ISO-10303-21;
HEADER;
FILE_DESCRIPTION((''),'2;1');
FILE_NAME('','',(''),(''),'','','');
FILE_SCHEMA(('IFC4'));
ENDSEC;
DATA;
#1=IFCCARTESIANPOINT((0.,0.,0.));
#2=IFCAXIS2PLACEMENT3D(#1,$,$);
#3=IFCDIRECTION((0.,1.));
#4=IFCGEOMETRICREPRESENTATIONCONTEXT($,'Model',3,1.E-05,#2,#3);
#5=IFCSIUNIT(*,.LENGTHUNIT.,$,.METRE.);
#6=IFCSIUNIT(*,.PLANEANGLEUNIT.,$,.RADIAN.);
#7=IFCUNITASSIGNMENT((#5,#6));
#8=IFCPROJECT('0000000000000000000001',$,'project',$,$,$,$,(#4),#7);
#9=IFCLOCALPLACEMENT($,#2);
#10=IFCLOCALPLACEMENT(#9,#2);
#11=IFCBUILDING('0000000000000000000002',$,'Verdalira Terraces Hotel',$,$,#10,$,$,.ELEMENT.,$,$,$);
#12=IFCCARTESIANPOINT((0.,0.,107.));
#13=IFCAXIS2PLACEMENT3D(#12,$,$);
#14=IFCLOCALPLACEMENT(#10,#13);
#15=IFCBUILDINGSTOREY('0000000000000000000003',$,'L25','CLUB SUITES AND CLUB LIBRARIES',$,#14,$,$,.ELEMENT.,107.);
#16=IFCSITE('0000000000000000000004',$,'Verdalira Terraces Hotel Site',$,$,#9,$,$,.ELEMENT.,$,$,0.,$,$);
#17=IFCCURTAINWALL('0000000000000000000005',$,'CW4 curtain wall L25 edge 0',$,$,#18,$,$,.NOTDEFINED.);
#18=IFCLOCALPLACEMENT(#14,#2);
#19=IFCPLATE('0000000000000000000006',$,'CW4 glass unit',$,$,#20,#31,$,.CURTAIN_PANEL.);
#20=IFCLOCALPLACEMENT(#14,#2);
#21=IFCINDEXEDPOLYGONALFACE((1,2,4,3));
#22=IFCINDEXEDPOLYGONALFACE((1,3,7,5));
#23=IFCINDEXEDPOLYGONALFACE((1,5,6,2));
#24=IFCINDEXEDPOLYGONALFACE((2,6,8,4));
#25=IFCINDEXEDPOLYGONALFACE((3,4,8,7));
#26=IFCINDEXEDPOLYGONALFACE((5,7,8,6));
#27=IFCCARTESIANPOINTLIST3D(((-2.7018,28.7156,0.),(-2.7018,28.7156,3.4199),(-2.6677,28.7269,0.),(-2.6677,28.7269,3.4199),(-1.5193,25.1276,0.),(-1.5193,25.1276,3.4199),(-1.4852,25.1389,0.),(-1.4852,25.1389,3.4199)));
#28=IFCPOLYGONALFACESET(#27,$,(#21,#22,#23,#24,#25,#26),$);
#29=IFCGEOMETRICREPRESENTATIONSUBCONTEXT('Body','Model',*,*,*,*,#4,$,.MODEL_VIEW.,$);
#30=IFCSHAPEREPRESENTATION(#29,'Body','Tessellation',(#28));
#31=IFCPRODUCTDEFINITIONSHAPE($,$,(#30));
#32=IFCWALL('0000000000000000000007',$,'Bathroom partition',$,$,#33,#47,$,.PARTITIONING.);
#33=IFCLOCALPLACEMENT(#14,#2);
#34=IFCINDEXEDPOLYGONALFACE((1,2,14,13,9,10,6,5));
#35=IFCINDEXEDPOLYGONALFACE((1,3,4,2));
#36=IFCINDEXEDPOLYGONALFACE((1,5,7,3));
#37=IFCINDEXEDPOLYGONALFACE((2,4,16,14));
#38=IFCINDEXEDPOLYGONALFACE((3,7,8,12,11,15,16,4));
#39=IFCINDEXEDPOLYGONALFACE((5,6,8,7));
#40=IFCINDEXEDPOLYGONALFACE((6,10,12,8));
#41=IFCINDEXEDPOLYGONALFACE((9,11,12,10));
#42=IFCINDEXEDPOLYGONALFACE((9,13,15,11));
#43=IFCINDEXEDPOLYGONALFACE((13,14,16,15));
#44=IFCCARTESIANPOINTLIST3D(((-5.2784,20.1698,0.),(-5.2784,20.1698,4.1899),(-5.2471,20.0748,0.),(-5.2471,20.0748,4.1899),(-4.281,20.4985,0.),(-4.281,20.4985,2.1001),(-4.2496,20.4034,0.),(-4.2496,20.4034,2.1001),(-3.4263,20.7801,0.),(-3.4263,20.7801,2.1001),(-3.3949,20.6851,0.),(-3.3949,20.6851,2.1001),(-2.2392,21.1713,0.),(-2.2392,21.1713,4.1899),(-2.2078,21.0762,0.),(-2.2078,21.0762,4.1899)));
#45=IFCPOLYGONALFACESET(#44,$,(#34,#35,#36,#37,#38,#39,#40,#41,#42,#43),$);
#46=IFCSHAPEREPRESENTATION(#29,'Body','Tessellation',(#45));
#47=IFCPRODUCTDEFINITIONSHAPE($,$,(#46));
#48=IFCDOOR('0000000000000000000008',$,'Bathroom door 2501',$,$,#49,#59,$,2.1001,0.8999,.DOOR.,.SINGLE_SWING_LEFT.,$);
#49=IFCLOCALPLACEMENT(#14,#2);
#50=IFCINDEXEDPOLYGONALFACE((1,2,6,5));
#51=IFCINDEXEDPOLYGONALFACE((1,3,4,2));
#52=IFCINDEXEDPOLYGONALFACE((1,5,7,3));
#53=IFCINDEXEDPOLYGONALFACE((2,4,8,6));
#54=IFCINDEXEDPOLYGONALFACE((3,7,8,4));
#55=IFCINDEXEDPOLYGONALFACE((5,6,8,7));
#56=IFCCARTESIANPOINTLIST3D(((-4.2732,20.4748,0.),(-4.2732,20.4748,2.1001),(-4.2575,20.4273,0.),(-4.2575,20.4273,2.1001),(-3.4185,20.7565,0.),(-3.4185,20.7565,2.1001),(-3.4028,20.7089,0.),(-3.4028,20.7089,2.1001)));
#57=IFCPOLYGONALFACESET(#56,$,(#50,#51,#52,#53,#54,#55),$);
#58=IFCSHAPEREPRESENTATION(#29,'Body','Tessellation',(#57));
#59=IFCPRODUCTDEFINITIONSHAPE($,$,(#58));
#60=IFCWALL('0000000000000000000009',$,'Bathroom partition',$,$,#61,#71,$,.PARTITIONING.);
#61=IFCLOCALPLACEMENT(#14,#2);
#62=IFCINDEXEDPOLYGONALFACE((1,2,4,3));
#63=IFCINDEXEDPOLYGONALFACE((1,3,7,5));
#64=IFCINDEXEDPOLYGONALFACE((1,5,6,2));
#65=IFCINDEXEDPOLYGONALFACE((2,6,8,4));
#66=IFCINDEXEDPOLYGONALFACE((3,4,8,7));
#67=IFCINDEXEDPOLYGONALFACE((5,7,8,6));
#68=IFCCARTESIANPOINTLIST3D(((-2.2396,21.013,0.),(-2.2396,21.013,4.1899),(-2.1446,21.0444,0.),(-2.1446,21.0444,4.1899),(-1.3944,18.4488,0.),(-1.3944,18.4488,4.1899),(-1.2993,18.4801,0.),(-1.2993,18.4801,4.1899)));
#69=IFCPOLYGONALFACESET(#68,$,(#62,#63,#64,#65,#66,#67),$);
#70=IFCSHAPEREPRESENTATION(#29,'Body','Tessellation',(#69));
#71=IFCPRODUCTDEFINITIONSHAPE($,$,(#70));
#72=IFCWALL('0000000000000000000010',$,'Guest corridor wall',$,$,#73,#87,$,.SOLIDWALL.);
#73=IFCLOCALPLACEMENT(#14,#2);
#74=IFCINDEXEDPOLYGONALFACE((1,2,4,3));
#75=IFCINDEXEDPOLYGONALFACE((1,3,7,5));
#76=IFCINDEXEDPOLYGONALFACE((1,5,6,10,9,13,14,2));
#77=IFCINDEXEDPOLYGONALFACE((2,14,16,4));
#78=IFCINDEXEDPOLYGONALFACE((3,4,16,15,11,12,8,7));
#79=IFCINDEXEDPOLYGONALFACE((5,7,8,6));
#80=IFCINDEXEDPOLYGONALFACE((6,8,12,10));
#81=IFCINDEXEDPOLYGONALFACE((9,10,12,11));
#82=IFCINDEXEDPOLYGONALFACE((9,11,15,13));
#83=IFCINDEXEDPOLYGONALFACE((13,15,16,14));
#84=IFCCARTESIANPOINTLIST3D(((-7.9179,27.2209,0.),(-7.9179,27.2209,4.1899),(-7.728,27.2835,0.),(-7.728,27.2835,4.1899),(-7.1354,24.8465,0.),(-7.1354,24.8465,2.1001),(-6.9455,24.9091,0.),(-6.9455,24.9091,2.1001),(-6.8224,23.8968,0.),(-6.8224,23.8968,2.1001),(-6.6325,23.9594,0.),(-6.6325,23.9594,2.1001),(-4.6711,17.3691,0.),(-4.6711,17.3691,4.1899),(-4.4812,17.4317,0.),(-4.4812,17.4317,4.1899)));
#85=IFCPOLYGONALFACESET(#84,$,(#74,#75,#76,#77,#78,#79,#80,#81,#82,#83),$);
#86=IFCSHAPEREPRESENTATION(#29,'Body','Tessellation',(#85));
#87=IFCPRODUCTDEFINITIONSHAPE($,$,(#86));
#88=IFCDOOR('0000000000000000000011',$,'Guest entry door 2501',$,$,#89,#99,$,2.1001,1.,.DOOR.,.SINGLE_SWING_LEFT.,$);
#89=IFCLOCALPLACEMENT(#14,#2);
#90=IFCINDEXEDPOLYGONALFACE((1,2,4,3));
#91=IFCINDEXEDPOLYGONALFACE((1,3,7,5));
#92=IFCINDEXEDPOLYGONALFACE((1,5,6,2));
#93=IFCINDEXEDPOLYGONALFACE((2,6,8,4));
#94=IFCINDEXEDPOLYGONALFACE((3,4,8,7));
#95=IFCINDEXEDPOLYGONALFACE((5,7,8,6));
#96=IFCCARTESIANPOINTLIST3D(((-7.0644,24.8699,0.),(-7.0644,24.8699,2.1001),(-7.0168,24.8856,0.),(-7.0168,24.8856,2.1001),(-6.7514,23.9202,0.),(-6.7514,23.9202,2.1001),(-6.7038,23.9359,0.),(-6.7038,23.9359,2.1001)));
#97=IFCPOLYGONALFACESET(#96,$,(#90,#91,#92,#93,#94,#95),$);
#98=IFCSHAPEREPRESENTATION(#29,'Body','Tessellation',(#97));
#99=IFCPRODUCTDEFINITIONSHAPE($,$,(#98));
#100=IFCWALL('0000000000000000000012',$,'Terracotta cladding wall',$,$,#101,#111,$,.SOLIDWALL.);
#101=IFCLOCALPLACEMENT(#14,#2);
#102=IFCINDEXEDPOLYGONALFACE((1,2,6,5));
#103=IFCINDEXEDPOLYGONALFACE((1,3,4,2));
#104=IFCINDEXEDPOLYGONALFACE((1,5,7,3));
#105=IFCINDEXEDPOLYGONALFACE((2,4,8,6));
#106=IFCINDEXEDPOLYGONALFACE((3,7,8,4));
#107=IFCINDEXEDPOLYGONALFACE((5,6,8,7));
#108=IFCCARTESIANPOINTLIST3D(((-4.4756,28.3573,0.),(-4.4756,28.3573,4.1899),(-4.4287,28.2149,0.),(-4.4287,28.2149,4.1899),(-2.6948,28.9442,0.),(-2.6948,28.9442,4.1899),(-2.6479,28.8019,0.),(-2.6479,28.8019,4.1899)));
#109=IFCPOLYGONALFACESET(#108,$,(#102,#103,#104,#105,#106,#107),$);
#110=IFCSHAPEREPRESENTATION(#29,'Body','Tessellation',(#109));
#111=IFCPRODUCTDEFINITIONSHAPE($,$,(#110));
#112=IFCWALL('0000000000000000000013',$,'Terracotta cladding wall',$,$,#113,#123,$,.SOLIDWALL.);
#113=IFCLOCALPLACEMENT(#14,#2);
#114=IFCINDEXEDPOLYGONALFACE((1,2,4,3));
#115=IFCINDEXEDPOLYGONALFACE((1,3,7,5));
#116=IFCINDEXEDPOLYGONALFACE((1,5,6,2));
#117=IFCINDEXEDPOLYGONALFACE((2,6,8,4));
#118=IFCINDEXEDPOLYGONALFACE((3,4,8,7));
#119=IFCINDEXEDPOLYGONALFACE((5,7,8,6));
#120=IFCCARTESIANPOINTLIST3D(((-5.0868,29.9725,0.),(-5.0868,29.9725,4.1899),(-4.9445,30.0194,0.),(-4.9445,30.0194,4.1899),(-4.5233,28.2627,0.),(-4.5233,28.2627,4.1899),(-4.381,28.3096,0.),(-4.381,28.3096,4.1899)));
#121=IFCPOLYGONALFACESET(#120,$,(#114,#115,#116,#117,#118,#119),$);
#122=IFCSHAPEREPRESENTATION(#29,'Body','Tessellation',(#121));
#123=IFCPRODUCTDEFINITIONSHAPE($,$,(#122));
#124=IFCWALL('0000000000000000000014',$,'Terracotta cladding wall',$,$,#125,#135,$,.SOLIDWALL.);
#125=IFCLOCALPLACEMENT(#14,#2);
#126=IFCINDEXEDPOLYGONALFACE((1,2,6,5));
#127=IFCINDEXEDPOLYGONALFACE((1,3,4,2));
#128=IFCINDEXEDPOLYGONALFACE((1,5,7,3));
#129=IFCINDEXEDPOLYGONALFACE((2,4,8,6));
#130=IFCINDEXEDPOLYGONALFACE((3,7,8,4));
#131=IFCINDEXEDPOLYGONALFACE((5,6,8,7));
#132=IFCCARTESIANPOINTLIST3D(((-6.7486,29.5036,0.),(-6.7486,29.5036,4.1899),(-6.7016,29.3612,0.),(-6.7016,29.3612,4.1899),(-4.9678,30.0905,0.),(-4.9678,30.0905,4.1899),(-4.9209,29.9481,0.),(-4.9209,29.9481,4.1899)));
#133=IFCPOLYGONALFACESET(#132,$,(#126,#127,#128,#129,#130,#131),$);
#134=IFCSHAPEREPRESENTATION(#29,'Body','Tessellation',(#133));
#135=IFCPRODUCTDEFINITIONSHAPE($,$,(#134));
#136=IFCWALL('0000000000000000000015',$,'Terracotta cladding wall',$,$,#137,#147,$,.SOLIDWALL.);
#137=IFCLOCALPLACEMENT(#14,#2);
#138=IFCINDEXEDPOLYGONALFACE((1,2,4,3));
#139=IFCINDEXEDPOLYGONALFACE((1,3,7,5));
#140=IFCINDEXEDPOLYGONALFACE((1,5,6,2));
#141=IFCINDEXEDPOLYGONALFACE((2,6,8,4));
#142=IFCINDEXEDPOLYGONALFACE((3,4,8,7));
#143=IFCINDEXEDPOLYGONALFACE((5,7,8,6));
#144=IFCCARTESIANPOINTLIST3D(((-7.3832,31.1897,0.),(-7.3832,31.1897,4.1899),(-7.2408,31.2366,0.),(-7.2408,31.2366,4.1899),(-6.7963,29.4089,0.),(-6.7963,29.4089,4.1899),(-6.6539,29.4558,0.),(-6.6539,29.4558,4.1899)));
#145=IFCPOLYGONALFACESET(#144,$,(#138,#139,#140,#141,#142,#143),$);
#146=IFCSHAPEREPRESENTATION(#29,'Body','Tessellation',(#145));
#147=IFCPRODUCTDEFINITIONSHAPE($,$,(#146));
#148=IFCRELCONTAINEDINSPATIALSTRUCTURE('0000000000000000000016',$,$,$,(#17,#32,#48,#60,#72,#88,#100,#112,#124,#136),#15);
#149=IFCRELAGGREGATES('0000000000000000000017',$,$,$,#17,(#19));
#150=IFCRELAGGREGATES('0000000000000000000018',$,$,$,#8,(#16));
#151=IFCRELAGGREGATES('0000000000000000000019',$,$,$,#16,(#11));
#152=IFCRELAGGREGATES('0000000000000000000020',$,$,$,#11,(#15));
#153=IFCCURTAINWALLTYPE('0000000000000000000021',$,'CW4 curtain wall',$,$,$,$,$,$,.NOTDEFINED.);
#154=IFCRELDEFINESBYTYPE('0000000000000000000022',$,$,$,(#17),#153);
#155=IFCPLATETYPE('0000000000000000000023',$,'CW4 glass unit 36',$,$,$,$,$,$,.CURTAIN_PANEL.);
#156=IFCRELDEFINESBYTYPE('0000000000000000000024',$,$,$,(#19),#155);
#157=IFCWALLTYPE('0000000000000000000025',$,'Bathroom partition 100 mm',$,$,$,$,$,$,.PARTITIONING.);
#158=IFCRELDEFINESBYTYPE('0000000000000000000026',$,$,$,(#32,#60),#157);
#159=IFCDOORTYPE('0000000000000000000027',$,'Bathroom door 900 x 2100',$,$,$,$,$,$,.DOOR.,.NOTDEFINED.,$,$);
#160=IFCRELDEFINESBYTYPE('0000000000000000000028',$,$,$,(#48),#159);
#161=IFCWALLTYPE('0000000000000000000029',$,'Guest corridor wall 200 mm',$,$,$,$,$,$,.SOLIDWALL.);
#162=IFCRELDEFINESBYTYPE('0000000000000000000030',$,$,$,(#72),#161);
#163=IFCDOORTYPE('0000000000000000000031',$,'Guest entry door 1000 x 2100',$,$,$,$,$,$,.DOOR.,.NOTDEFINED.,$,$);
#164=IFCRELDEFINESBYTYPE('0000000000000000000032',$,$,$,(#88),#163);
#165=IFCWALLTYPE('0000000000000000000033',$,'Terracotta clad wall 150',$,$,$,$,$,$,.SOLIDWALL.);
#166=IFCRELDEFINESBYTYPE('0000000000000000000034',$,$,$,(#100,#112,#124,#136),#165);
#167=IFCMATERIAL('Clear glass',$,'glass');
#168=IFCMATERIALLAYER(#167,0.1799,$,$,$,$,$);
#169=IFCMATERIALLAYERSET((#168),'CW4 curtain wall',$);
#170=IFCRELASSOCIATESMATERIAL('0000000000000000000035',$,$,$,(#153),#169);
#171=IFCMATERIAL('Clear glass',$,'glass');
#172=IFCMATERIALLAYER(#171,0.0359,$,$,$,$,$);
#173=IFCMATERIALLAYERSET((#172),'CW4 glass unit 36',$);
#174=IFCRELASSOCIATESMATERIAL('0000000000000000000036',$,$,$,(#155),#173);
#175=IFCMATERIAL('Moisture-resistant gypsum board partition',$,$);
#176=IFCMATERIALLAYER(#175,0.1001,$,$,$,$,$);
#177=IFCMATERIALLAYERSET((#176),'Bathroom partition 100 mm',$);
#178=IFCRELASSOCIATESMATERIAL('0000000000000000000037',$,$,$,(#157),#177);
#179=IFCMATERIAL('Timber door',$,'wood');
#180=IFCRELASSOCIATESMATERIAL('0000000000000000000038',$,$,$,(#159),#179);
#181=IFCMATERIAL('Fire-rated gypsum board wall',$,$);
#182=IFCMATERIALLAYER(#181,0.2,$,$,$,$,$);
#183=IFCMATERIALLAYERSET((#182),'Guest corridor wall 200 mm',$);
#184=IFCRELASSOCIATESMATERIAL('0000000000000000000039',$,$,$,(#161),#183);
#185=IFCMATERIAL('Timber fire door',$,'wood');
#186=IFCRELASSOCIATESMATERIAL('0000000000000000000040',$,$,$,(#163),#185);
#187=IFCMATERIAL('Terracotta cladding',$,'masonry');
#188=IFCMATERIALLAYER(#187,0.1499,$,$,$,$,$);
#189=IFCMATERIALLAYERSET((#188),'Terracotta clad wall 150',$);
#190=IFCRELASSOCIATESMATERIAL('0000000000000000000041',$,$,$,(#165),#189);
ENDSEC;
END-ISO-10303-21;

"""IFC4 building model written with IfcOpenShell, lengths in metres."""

from ifc_helpers import new_model, si_unit, direction, frame, frame_2d, origin, origin_2d, place, context, subcontext, project, spatial, rectangle, extrude, material, layer, layer_set, type_object, element, fill, aggregate, save


model = new_model("IFC4")

# Units and contexts
model_context = context("Model", 3, precision=1e-05, world=origin(), true_north=direction((0.0, 1.0)))
body_context = subcontext(model_context, "Body", "Model", "MODEL_VIEW")
ifc_project = project(units=[si_unit("LENGTHUNIT", "METRE"), si_unit("PLANEANGLEUNIT", "RADIAN")], contexts=[model_context])

# Site, building, storey
site_placement = place(None, origin())
site = spatial("IfcSite", under=ifc_project, at=site_placement, Name="Verdalira Terraces Hotel Site", CompositionType="ELEMENT", RefElevation=0.0)
building_placement = place(site_placement, origin())
building = spatial("IfcBuilding", under=site, at=building_placement, Name="Verdalira Terraces Hotel", CompositionType="ELEMENT")
storey_placement = place(building_placement, frame((0.0, 0.0, 107.0)))
storey = spatial("IfcBuildingStorey", under=building, at=storey_placement, Name="L25", Description="CLUB SUITES AND CLUB LIBRARIES", CompositionType="ELEMENT", Elevation=107.0)

# Curtain wall
ifc_material_1 = material(Name="Clear glass", Category="glass")
ifc_layer_1 = layer(ifc_material_1, 0.1799)
ifc_layer_set_1 = layer_set([ifc_layer_1], Name="CW4 curtain wall")
curtain_wall_type = type_object("IfcCurtainWallType", Name="CW4 curtain wall", PredefinedType="NOTDEFINED", material=ifc_layer_set_1)
curtain_wall_1_placement = place(storey_placement, origin())
curtain_wall_1 = element("IfcCurtainWall", 1, at=curtain_wall_1_placement, inside=storey, type_object=curtain_wall_type, Name="CW4 curtain wall L25 edge 0", PredefinedType="NOTDEFINED")

# Plate
ifc_material_2 = material(Name="Clear glass", Category="glass")
ifc_layer_2 = layer(ifc_material_2, 0.0359)
ifc_layer_set_2 = layer_set([ifc_layer_2], Name="CW4 glass unit 36")
plate_type = type_object("IfcPlateType", Name="CW4 glass unit 36", PredefinedType="CURTAIN_PANEL", material=ifc_layer_set_2)
plate_placement = place(storey_placement, frame((-2.0935, 26.9272, 0.0), z_axis=(0.0, 0.0, 1.0), x_axis=(-0.312998, 0.949754, 0.0)))
plate = element("IfcPlate", 2, at=plate_placement, type_object=plate_type, Name="CW4 glass unit", PredefinedType="CURTAIN_PANEL", context=body_context, shape_type="SweptSolid", body=[
    extrude(rectangle(XDim=3.7778, YDim=0.0359, at=origin_2d()), origin(), (0.0, 0.0, 1.0), 3.4199),
])
aggregate(curtain_wall_1, [plate])

# Wall, opening, door
ifc_material_3 = material(Name="Moisture-resistant gypsum board partition")
ifc_layer_3 = layer(ifc_material_3, 0.1001)
ifc_layer_set_3 = layer_set([ifc_layer_3], Name="Bathroom partition 100 mm")
wall_type_1 = type_object("IfcWallType", Name="Bathroom partition 100 mm", PredefinedType="PARTITIONING", material=ifc_layer_set_3)
wall_1_placement = place(storey_placement, frame((-2.2234, 21.1238, 0.0), z_axis=(0.0, 0.0, 1.0), x_axis=(-0.949769, -0.312953, 0.0)))
wall_1 = element("IfcWall", 3, at=wall_1_placement, inside=storey, type_object=wall_type_1, Name="Bathroom partition", PredefinedType="PARTITIONING", context=body_context, shape_type="SweptSolid", body=[
    extrude(rectangle(XDim=3.2, YDim=0.1001, at=frame_2d((1.6001, 0.0))), origin(), (0.0, 0.0, 1.0), 4.1899),
])
opening_1_placement = place(wall_1_placement, frame((1.25, 0.0, 0.0)))
opening_1 = element("IfcOpeningElement", 4, at=opening_1_placement, cuts=wall_1, PredefinedType="OPENING", context=body_context, shape_type="SweptSolid", body=[
    extrude(rectangle(XDim=0.8999, YDim=2.1001, at=frame_2d((0.45, 1.05))), frame((0.0, 0.0601, 0.0), z_axis=(0.0, -1.0, 0.0), x_axis=(1.0, 0.0, 0.0)), (0.0, 0.0, 1.0), 0.1201),
])
ifc_material_4 = material(Name="Timber door", Category="wood")
door_type_1 = type_object("IfcDoorType", Name="Bathroom door 900 x 2100", OperationType="NOTDEFINED", PredefinedType="DOOR", material=ifc_material_4)
door_1_placement = place(opening_1_placement, origin())
door_1 = element("IfcDoor", 5, at=door_1_placement, inside=storey, type_object=door_type_1, Name="Bathroom door 2501", OperationType="SINGLE_SWING_LEFT", OverallHeight=2.1001, OverallWidth=0.8999, PredefinedType="DOOR", context=body_context, shape_type="SweptSolid", body=[
    extrude(rectangle(XDim=0.8999, YDim=2.1001, at=frame_2d((0.45, 1.05))), frame((0.0, 0.0249, 0.0), z_axis=(0.0, -1.0, 0.0), x_axis=(1.0, 0.0, 0.0)), (0.0, 0.0, 1.0), 0.05),
])
fill(opening_1, door_1)

# Wall
wall_2_placement = place(storey_placement, frame((-2.1921, 21.0288, 0.0), z_axis=(0.0, 0.0, 1.0), x_axis=(0.313052, -0.949736, 0.0)))
element("IfcWall", 6, at=wall_2_placement, inside=storey, type_object=wall_type_1, Name="Bathroom partition", PredefinedType="PARTITIONING", context=body_context, shape_type="SweptSolid", body=[
    extrude(rectangle(XDim=2.7, YDim=0.1001, at=frame_2d((1.3501, 0.0))), origin(), (0.0, 0.0, 1.0), 4.1899),
])

# Wall, opening, door
ifc_material_5 = material(Name="Fire-rated gypsum board wall")
ifc_layer_4 = layer(ifc_material_5, 0.2)
ifc_layer_set_4 = layer_set([ifc_layer_4], Name="Guest corridor wall 200 mm")
wall_type_2 = type_object("IfcWallType", Name="Guest corridor wall 200 mm", PredefinedType="SOLIDWALL", material=ifc_layer_set_4)
wall_3_placement = place(storey_placement, frame((-7.823, 27.2522, 0.0), z_axis=(0.0, 0.0, 1.0), x_axis=(0.313006, -0.949751, 0.0)))
wall_3 = element("IfcWall", 7, at=wall_3_placement, inside=storey, type_object=wall_type_2, Name="Guest corridor wall", PredefinedType="SOLIDWALL", context=body_context, shape_type="SweptSolid", body=[
    extrude(rectangle(XDim=10.373, YDim=0.2, at=frame_2d((5.1865, 0.0))), origin(), (0.0, 0.0, 1.0), 4.1899),
])
opening_2_placement = place(wall_3_placement, frame((2.5, 0.0, 0.0)))
opening_2 = element("IfcOpeningElement", 8, at=opening_2_placement, cuts=wall_3, PredefinedType="OPENING", context=body_context, shape_type="SweptSolid", body=[
    extrude(rectangle(XDim=1.0, YDim=2.1001, at=frame_2d((0.5, 1.05))), frame((0.0, 0.1099, 0.0), z_axis=(0.0, -1.0, 0.0), x_axis=(1.0, 0.0, 0.0)), (0.0, 0.0, 1.0), 0.22),
])
ifc_material_6 = material(Name="Timber fire door", Category="wood")
door_type_2 = type_object("IfcDoorType", Name="Guest entry door 1000 x 2100", OperationType="NOTDEFINED", PredefinedType="DOOR", material=ifc_material_6)
door_2_placement = place(opening_2_placement, origin())
door_2 = element("IfcDoor", 9, at=door_2_placement, inside=storey, type_object=door_type_2, Name="Guest entry door 2501", OperationType="SINGLE_SWING_LEFT", OverallHeight=2.1001, OverallWidth=1.0, PredefinedType="DOOR", context=body_context, shape_type="SweptSolid", body=[
    extrude(rectangle(XDim=1.0, YDim=2.1001, at=frame_2d((0.5, 1.05))), frame((0.0, 0.0249, 0.0), z_axis=(0.0, -1.0, 0.0), x_axis=(1.0, 0.0, 0.0)), (0.0, 0.0, 1.0), 0.05),
])
fill(opening_2, door_2)

# Walls
ifc_material_7 = material(Name="Terracotta cladding", Category="masonry")
ifc_layer_5 = layer(ifc_material_7, 0.1499)
ifc_layer_set_5 = layer_set([ifc_layer_5], Name="Terracotta clad wall 150")
wall_type_3 = type_object("IfcWallType", Name="Terracotta clad wall 150", PredefinedType="SOLIDWALL", material=ifc_layer_set_5)
wall_4_placement = place(storey_placement, frame((-2.6714, 28.873, 0.0), z_axis=(0.0, 0.0, 1.0), x_axis=(-0.949746, -0.313023, 0.0)))
element("IfcWall", 10, at=wall_4_placement, inside=storey, type_object=wall_type_3, Name="Terracotta cladding wall", PredefinedType="SOLIDWALL", context=body_context, shape_type="SweptSolid", body=[
    extrude(rectangle(XDim=1.875, YDim=0.1499, at=frame_2d((0.9375, 0.0))), origin(), (0.0, 0.0, 1.0), 4.1899),
])
wall_5_placement = place(storey_placement, frame((-4.4521, 28.2861, 0.0), z_axis=(0.0, 0.0, 1.0), x_axis=(-0.313012, 0.949749, 0.0)))
element("IfcWall", 11, at=wall_5_placement, inside=storey, type_object=wall_type_3, Name="Terracotta cladding wall", PredefinedType="SOLIDWALL", context=body_context, shape_type="SweptSolid", body=[
    extrude(rectangle(XDim=1.8003, YDim=0.1499, at=frame_2d((0.9001, 0.0))), origin(), (0.0, 0.0, 1.0), 4.1899),
])
for number, where, z_axis, x_axis, name in (
    (12, (-4.9443, 30.0193, 0.0), (0.0, 0.0, 1.0), (-0.949746, -0.313023, 0.0), "Terracotta cladding wall"),
    (13, (-6.7251, 29.4324, 0.0), (0.0, 0.0, 1.0), (-0.313023, 0.949746, 0.0), "Terracotta cladding wall"),
):
    element("IfcWall", number, at=place(storey_placement, frame(where, z_axis=z_axis, x_axis=x_axis)), inside=storey, type_object=wall_type_3, Name=name, PredefinedType="SOLIDWALL", context=body_context, shape_type="SweptSolid", body=[
        extrude(rectangle(XDim=1.875, YDim=0.1499, at=frame_2d((0.9375, 0.0))), origin(), (0.0, 0.0, 1.0), 4.1899),
    ])

save(model, "model.ifc")
